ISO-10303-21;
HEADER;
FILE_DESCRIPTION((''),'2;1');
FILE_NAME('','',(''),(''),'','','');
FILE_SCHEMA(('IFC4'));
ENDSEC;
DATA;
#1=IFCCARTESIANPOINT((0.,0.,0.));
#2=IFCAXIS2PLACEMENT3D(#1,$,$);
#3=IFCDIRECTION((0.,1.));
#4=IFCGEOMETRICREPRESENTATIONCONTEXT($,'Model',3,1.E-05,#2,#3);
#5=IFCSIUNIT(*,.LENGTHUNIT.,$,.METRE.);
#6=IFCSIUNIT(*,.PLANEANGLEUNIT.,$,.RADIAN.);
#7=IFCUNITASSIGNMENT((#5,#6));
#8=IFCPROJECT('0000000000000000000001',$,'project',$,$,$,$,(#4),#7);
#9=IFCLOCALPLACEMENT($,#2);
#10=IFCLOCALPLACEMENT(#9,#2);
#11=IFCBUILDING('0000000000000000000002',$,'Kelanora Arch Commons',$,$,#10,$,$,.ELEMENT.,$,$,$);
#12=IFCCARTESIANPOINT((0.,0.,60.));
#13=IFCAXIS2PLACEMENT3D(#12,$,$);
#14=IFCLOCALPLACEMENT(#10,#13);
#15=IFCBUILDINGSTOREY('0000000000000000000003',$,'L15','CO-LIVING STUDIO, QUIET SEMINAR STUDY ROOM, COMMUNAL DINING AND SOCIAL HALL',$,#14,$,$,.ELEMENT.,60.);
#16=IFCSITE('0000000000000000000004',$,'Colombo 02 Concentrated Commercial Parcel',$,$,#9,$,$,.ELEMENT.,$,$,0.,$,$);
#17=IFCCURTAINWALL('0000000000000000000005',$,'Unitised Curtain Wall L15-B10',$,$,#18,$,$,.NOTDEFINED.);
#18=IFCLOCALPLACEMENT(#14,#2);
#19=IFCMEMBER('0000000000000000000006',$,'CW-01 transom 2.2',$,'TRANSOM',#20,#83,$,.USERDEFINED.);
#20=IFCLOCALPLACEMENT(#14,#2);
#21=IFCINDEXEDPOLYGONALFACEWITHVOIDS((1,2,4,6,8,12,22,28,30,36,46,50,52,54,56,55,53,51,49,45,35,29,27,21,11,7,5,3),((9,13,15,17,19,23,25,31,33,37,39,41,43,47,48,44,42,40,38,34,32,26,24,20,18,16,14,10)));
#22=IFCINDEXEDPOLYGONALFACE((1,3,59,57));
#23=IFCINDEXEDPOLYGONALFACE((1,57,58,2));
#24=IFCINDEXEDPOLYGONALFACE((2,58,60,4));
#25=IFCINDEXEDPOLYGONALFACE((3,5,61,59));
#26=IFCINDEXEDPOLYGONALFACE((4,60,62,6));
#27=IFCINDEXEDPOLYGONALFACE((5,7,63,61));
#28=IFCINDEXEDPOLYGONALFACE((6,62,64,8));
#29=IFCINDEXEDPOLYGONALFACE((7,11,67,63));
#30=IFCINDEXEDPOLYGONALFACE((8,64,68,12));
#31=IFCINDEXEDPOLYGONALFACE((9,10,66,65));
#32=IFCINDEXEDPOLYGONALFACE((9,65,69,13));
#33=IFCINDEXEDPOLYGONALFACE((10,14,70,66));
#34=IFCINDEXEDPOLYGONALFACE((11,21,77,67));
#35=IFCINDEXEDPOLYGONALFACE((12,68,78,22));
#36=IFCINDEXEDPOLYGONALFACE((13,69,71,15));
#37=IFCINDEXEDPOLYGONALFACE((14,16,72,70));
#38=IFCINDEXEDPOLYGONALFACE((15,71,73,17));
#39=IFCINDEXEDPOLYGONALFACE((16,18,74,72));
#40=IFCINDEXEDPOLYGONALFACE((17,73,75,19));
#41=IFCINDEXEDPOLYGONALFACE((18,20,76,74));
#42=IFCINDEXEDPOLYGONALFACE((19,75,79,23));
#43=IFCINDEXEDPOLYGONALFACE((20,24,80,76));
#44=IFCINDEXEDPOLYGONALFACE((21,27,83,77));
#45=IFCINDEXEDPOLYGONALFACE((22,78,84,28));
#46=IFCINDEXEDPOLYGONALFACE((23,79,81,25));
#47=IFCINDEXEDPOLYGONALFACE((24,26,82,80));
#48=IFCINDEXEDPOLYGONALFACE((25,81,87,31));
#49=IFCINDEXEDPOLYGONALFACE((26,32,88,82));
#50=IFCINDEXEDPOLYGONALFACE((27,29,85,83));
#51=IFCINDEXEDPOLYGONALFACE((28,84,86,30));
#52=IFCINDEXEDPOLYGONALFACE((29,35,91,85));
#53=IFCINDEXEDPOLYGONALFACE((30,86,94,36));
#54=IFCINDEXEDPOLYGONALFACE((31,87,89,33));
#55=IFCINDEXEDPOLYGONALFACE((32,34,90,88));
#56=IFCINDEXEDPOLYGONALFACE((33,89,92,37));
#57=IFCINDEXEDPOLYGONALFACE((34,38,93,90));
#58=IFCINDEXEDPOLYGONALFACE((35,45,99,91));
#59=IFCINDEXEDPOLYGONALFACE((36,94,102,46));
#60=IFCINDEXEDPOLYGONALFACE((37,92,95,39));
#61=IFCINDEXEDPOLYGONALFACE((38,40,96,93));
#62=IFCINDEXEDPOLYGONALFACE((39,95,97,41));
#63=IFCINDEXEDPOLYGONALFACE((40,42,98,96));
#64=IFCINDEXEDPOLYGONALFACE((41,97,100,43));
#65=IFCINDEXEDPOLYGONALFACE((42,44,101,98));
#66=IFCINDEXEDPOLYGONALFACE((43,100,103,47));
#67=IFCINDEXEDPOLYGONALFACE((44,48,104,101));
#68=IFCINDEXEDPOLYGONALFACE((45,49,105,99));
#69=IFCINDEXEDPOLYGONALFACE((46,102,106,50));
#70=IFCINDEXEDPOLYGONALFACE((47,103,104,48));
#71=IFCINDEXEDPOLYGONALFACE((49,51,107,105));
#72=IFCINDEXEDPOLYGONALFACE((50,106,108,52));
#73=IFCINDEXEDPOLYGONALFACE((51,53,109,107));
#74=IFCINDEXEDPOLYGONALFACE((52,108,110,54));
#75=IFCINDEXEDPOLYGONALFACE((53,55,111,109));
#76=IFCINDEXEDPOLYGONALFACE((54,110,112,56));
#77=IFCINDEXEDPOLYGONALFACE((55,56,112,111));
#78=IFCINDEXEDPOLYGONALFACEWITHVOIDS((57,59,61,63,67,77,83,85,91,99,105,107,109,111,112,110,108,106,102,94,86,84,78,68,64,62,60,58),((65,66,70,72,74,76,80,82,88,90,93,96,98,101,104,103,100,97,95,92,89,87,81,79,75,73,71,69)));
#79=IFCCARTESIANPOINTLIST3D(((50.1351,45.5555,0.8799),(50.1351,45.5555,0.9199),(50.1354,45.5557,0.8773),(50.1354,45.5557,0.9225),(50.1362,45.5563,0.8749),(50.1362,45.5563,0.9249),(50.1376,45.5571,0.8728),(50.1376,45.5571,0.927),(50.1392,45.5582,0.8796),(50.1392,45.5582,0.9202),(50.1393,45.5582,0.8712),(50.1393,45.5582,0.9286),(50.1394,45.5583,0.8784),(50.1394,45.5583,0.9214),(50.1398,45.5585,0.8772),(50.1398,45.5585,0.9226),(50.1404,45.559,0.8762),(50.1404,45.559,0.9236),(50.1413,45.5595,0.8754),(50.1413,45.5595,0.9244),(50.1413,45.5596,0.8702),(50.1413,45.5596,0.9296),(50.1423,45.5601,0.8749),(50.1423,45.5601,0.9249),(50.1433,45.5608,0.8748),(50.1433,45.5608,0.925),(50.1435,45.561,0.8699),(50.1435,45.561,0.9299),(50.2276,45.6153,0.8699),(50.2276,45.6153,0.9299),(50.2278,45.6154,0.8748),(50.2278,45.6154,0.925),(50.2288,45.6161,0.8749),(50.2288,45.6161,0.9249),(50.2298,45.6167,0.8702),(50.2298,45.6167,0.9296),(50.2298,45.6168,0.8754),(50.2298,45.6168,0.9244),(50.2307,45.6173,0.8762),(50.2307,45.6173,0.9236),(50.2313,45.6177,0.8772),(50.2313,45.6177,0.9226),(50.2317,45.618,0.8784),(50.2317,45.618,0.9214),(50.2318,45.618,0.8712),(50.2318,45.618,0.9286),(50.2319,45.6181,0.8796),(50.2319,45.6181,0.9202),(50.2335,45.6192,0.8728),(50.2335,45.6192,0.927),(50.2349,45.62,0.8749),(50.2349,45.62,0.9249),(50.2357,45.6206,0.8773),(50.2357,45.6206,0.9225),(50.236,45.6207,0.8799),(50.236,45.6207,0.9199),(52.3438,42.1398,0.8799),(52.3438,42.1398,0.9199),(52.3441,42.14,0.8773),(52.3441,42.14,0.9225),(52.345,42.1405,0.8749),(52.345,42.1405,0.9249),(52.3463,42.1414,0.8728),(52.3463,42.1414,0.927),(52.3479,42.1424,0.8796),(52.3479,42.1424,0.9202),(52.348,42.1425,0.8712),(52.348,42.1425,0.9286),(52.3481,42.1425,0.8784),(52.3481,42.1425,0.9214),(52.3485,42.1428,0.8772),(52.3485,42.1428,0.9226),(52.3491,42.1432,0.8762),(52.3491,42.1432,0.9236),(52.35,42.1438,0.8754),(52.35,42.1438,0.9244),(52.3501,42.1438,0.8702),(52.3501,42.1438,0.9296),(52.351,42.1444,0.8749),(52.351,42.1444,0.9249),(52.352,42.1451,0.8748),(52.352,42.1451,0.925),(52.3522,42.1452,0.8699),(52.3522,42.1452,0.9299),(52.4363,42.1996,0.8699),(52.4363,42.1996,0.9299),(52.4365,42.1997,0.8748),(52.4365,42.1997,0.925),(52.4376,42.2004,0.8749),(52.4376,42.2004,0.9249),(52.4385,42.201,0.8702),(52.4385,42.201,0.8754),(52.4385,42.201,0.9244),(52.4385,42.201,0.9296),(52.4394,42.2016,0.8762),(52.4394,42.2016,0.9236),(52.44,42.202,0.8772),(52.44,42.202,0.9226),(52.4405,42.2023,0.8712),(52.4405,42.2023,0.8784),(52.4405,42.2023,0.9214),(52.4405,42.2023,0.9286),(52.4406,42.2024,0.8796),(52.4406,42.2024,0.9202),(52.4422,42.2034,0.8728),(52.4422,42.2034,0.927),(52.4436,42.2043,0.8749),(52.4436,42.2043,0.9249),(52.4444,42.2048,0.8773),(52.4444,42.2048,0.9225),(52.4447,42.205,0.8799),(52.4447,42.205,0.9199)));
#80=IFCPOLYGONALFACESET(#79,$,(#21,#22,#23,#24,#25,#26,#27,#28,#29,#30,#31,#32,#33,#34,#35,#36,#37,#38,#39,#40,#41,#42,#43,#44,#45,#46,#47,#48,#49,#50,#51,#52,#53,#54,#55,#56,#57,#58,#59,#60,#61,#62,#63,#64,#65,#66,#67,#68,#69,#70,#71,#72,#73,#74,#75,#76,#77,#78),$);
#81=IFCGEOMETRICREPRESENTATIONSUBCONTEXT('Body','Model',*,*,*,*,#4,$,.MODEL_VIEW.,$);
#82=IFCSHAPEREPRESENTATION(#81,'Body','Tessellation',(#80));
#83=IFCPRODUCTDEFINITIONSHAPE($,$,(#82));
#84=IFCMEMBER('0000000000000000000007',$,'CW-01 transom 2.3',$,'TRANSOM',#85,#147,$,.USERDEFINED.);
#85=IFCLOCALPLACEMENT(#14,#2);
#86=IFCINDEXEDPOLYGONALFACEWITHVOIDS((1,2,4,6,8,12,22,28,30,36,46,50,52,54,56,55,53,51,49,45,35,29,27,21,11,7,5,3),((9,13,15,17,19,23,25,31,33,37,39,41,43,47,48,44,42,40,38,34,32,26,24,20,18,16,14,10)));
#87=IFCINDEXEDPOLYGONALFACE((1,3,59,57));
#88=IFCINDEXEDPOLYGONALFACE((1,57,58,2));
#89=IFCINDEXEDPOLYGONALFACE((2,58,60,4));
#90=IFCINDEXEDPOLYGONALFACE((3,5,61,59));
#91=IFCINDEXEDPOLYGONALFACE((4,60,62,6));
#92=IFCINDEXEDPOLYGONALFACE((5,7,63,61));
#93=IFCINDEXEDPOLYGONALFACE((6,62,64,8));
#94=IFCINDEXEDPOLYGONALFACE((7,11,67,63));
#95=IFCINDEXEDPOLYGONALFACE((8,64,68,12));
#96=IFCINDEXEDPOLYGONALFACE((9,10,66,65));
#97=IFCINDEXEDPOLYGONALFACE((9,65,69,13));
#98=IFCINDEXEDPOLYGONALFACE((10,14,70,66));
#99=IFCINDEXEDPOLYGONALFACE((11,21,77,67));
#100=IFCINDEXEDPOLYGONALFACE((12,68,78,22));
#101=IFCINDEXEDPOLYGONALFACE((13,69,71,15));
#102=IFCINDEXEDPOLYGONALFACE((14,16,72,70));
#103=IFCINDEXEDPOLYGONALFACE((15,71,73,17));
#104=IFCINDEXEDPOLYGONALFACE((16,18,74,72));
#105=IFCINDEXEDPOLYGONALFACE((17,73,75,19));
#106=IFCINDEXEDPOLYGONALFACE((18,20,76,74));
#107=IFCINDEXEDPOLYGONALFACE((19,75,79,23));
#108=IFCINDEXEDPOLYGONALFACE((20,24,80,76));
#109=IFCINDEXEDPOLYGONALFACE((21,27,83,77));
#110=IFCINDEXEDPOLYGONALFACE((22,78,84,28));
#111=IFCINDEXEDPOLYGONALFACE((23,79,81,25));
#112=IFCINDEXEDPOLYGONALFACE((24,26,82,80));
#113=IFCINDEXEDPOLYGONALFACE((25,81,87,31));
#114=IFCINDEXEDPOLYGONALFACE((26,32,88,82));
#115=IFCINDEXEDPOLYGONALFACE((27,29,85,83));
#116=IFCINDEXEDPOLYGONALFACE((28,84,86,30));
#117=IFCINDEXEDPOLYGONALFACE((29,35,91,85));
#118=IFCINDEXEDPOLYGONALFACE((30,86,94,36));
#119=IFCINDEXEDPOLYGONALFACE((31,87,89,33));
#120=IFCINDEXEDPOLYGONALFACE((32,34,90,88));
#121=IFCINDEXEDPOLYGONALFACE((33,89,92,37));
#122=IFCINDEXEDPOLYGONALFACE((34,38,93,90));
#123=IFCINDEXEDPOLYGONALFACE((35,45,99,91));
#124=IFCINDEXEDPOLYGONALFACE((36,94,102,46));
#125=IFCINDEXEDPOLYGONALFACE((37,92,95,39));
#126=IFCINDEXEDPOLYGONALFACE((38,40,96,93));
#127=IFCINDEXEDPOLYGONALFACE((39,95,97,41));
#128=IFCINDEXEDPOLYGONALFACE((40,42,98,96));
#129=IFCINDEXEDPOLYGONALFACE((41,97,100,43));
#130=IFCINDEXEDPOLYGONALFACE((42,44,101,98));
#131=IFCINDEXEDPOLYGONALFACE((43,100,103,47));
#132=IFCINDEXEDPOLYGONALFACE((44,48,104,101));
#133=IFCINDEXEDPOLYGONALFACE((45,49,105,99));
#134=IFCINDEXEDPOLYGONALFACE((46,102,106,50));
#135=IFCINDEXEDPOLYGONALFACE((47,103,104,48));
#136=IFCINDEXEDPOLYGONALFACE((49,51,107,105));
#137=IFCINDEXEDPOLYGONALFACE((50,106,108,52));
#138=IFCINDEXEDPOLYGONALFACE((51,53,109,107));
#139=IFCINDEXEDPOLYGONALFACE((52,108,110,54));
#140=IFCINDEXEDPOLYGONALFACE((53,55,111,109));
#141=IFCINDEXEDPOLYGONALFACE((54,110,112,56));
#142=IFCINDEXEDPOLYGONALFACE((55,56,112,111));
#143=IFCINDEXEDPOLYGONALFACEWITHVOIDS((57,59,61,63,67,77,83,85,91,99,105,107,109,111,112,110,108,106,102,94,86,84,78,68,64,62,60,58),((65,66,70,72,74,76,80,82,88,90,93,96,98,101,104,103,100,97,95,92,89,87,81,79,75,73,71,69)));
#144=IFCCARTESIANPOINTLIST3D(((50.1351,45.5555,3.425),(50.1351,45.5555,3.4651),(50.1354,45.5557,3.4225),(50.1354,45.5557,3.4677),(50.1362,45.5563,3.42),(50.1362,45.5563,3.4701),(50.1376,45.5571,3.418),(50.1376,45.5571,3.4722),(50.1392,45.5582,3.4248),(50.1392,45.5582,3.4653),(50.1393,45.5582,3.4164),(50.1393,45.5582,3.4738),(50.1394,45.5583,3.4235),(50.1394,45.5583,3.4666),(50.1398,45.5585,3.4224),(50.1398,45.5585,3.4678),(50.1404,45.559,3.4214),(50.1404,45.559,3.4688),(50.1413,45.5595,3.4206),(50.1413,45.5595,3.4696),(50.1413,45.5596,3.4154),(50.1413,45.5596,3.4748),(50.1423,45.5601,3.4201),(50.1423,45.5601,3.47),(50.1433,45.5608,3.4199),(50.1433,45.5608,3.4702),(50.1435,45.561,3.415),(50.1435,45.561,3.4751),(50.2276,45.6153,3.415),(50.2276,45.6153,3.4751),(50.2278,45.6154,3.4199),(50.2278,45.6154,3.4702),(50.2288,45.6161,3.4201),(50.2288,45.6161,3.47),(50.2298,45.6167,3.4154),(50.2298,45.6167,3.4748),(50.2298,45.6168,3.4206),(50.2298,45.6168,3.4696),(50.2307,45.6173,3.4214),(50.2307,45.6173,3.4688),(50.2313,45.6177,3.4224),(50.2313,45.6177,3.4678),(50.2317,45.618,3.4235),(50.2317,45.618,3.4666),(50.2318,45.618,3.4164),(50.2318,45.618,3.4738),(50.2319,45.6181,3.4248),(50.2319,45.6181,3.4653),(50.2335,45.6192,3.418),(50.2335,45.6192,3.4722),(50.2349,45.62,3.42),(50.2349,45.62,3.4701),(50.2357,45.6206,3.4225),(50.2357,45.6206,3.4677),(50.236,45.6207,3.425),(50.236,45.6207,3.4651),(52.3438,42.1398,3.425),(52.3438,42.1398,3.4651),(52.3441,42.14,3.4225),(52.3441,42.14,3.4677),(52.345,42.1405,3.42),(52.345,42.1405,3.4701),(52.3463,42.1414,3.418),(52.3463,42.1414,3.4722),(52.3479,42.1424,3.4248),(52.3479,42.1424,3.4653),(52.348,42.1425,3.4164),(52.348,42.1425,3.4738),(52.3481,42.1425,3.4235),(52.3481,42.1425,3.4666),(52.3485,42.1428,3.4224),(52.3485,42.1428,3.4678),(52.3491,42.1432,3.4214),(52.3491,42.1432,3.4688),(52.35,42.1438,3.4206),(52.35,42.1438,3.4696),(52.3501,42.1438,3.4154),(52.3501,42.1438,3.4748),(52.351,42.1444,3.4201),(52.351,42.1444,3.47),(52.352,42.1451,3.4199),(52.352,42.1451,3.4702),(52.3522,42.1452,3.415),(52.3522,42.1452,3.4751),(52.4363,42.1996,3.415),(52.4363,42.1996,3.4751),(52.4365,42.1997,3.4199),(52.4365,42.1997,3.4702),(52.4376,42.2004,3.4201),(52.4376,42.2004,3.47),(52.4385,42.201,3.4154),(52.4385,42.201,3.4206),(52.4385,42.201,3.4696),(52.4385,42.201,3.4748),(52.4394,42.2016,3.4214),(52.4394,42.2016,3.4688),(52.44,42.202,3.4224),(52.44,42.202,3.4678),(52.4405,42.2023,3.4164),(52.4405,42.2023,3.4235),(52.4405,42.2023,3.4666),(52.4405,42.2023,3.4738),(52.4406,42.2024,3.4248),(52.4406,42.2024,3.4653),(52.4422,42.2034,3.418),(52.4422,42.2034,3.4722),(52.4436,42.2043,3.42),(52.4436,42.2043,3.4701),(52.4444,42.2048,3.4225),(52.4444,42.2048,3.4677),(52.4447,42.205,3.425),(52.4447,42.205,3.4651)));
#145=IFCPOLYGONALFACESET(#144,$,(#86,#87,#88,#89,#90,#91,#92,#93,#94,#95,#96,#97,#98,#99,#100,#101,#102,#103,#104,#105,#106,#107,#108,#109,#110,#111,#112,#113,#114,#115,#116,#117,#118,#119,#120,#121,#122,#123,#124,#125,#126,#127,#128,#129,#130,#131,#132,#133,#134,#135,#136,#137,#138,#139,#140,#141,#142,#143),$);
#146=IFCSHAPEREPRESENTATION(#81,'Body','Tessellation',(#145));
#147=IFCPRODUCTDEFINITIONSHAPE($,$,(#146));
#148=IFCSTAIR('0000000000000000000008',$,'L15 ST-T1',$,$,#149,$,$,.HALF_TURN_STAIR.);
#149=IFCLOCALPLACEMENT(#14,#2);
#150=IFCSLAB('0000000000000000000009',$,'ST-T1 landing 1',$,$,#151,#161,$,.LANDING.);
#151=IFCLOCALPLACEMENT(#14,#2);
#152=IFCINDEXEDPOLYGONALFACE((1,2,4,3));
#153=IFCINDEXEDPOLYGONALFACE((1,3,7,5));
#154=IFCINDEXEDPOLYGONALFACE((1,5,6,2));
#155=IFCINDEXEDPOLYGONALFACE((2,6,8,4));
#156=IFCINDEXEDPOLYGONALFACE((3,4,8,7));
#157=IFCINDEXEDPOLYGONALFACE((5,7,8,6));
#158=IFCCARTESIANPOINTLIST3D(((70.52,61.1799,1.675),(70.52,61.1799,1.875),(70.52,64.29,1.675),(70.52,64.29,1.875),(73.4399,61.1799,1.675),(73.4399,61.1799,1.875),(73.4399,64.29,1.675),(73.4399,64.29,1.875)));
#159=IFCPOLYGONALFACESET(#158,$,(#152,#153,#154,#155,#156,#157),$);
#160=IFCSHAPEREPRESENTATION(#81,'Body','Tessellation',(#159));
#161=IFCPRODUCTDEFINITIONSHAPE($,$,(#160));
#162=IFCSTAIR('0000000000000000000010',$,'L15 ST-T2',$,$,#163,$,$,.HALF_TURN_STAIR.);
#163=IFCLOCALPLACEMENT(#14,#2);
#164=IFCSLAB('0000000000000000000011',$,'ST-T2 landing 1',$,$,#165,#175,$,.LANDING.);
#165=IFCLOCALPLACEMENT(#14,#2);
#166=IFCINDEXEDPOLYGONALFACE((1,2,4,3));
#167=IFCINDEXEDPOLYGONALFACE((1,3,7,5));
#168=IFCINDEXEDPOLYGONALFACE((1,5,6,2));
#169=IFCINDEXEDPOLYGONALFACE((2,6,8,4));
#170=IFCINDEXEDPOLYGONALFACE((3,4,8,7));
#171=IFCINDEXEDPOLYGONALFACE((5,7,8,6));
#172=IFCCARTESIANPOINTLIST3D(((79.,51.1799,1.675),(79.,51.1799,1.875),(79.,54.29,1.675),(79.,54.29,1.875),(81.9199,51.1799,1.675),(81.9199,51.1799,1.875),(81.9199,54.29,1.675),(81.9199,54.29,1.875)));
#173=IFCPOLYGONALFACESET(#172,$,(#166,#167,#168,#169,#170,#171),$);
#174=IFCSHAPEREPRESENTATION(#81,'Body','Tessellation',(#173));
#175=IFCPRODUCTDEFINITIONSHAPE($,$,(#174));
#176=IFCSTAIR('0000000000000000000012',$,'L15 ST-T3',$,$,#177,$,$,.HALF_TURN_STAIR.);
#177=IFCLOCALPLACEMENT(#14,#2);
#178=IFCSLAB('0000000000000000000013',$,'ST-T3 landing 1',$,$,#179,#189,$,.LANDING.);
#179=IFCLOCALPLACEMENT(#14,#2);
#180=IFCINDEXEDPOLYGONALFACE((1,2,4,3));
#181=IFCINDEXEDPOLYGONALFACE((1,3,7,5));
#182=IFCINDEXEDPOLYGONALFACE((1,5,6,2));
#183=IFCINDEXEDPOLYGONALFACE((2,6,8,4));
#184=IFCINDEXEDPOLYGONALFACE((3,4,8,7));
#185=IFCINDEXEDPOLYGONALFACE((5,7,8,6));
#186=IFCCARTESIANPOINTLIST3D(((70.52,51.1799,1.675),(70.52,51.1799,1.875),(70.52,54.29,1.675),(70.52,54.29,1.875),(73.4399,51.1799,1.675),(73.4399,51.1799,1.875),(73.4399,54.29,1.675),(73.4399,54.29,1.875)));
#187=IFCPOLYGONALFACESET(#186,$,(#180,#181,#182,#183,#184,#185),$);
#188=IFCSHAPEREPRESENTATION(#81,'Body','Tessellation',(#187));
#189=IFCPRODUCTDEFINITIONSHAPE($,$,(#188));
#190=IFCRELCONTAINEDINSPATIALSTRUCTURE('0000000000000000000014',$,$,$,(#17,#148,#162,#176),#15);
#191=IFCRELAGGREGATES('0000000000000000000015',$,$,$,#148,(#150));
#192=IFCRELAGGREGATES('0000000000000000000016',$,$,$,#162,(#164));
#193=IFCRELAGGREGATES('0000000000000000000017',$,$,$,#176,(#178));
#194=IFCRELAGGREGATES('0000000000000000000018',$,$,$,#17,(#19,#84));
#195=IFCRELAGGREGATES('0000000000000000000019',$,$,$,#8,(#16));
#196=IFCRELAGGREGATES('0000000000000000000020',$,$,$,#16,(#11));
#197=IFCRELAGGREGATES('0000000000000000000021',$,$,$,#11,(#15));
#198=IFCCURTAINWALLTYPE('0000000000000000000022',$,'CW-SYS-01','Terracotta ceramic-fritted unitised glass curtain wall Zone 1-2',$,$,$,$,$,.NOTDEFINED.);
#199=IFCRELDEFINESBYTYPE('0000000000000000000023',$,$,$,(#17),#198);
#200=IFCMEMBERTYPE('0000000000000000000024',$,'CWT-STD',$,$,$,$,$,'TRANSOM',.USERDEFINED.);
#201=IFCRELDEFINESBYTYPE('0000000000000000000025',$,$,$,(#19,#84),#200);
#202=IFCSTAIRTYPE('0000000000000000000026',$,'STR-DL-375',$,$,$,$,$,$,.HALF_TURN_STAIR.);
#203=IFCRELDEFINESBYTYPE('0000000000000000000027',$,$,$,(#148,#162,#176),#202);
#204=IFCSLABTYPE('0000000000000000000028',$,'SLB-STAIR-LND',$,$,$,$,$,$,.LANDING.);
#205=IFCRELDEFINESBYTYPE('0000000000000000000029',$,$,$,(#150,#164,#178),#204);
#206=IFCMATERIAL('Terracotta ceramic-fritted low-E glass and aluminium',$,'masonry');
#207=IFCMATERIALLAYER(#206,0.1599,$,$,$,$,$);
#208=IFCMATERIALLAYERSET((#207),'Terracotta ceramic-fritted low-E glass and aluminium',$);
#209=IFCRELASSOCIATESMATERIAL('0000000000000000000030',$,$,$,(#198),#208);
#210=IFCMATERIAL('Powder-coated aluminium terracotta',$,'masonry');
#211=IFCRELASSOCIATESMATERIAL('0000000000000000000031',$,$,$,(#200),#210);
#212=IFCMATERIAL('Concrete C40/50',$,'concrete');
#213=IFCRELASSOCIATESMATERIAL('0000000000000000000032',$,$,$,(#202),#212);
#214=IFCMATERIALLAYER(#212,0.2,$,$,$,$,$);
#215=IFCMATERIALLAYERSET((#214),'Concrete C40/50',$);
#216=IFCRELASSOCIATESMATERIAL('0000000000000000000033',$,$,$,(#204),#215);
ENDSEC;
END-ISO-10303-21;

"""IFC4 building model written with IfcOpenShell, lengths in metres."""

from ifc_helpers import new_model, si_unit, direction, frame, origin, origin_2d, place, context, subcontext, project, spatial, polyline, hollow_rectangle, outline, extrude, material, layer, layer_set, material_profile, profile_set, type_object, element, aggregate, save


model = new_model("IFC4")

# Units and contexts
model_context = context("Model", 3, precision=1e-05, world=origin(), true_north=direction((0.0, 1.0)))
body_context = subcontext(model_context, "Body", "Model", "MODEL_VIEW")
ifc_project = project(units=[si_unit("LENGTHUNIT", "METRE"), si_unit("PLANEANGLEUNIT", "RADIAN")], contexts=[model_context])

# Site, building, storey
site_placement = place(None, origin())
site = spatial("IfcSite", under=ifc_project, at=site_placement, Name="Colombo 02 Concentrated Commercial Parcel", CompositionType="ELEMENT", RefElevation=0.0)
building_placement = place(site_placement, origin())
building = spatial("IfcBuilding", under=site, at=building_placement, Name="Kelanora Arch Commons", CompositionType="ELEMENT")
storey_placement = place(building_placement, frame((0.0, 0.0, 60.0)))
storey = spatial("IfcBuildingStorey", under=building, at=storey_placement, Name="L15", Description="CO-LIVING STUDIO, QUIET SEMINAR STUDY ROOM, COMMUNAL DINING AND SOCIAL HALL", CompositionType="ELEMENT", Elevation=60.0)

# Shared definitions
ifc_material_1 = material(Name="Terracotta ceramic-fritted low-E glass and aluminium", Category="masonry")
ifc_layer_1 = layer(ifc_material_1, 0.1599)
ifc_layer_set_1 = layer_set([ifc_layer_1], Name="Terracotta ceramic-fritted low-E glass and aluminium")
curtain_wall_type = type_object("IfcCurtainWallType", Name="CW-SYS-01", Description="Terracotta ceramic-fritted unitised glass curtain wall Zone 1-2", PredefinedType="NOTDEFINED", material=ifc_layer_set_1)
ifc_material_2 = material(Name="Powder-coated aluminium terracotta", Category="masonry")

# Curtain wall, members
curtain_wall_1_placement = place(storey_placement, origin())
curtain_wall_1 = element("IfcCurtainWall", 1, at=curtain_wall_1_placement, inside=storey, type_object=curtain_wall_type, Name="Unitised Curtain Wall L15-B10", PredefinedType="NOTDEFINED")
ifc_material_profile_1 = material_profile(ifc_material_2, hollow_rectangle(XDim=0.1201, YDim=0.0601, WallThickness=0.0049, InnerFilletRadius=0.0049, OuterFilletRadius=0.01, at=origin_2d()), Name="CWT120x60")
ifc_profile_set_1 = profile_set([ifc_material_profile_1], Name="Powder-coated aluminium terracotta")
member_type_1 = type_object("IfcMemberType", Name="CWT-STD", ElementType="TRANSOM", PredefinedType="USERDEFINED", material=ifc_profile_set_1)
member_1_placement = place(storey_placement, frame((50.1855, 45.5881, 0.8999), z_axis=(0.542997, -0.839734, 0.0), x_axis=(0.839734, 0.542997, 0.0)))
member_1 = element("IfcMember", 2, at=member_1_placement, type_object=member_type_1, Name="CW-01 transom 2.2", ObjectType="TRANSOM", PredefinedType="USERDEFINED", context=body_context, shape_type="SweptSolid", body=[
    extrude(hollow_rectangle(XDim=0.1201, YDim=0.0601, WallThickness=0.0049, InnerFilletRadius=0.0049, OuterFilletRadius=0.01, at=origin_2d()), origin(), (0.0, 0.0, 1.0), 4.0676),
])
member_2_placement = place(storey_placement, frame((50.1855, 45.5881, 3.4451), z_axis=(0.542997, -0.839734, 0.0), x_axis=(0.839734, 0.542997, 0.0)))
member_2 = element("IfcMember", 3, at=member_2_placement, type_object=member_type_1, Name="CW-01 transom 2.3", ObjectType="TRANSOM", PredefinedType="USERDEFINED", context=body_context, shape_type="SweptSolid", body=[
    extrude(hollow_rectangle(XDim=0.1201, YDim=0.0601, WallThickness=0.0049, InnerFilletRadius=0.0049, OuterFilletRadius=0.01, at=origin_2d()), origin(), (0.0, 0.0, 1.0), 4.0676),
])

# Stairs, slabs
ifc_material_3 = material(Name="Concrete C40/50", Category="concrete")
stair_type = type_object("IfcStairType", Name="STR-DL-375", PredefinedType="HALF_TURN_STAIR", material=ifc_material_3)
stair_1_placement = place(storey_placement, origin())
stair_1 = element("IfcStair", 4, at=stair_1_placement, inside=storey, type_object=stair_type, Name="L15 ST-T1", PredefinedType="HALF_TURN_STAIR")
ifc_layer_2 = layer(ifc_material_3, 0.2)
ifc_layer_set_2 = layer_set([ifc_layer_2], Name="Concrete C40/50")
slab_type_1 = type_object("IfcSlabType", Name="SLB-STAIR-LND", PredefinedType="LANDING", material=ifc_layer_set_2)
slab_1_placement = place(storey_placement, frame((0.0, 0.0, 1.675)))
slab_1 = element("IfcSlab", 5, at=slab_1_placement, type_object=slab_type_1, Name="ST-T1 landing 1", PredefinedType="LANDING", context=body_context, shape_type="SweptSolid", body=[
    extrude(outline(polyline([(70.52, 61.1799), (73.4399, 61.1799), (73.4399, 64.29), (70.52, 64.29), (70.52, 61.1799)])), origin(), (0.0, 0.0, 1.0), 0.2),
])
aggregate(stair_1, [slab_1])
stair_2_placement = place(storey_placement, origin())
stair_2 = element("IfcStair", 6, at=stair_2_placement, inside=storey, type_object=stair_type, Name="L15 ST-T2", PredefinedType="HALF_TURN_STAIR")
slab_2_placement = place(storey_placement, frame((0.0, 0.0, 1.675)))
slab_2 = element("IfcSlab", 7, at=slab_2_placement, type_object=slab_type_1, Name="ST-T2 landing 1", PredefinedType="LANDING", context=body_context, shape_type="SweptSolid", body=[
    extrude(outline(polyline([(79.0, 51.1799), (81.9199, 51.1799), (81.9199, 54.29), (79.0, 54.29), (79.0, 51.1799)])), origin(), (0.0, 0.0, 1.0), 0.2),
])
aggregate(stair_2, [slab_2])
stair_3_placement = place(storey_placement, origin())
stair_3 = element("IfcStair", 8, at=stair_3_placement, inside=storey, type_object=stair_type, Name="L15 ST-T3", PredefinedType="HALF_TURN_STAIR")
slab_3_placement = place(storey_placement, frame((0.0, 0.0, 1.675)))
slab_3 = element("IfcSlab", 9, at=slab_3_placement, type_object=slab_type_1, Name="ST-T3 landing 1", PredefinedType="LANDING", context=body_context, shape_type="SweptSolid", body=[
    extrude(outline(polyline([(70.52, 51.1799), (73.4399, 51.1799), (73.4399, 54.29), (70.52, 54.29), (70.52, 51.1799)])), origin(), (0.0, 0.0, 1.0), 0.2),
])
aggregate(stair_3, [slab_3])

aggregate(curtain_wall_1, [member_1, member_2])

save(model, "model.ifc")
